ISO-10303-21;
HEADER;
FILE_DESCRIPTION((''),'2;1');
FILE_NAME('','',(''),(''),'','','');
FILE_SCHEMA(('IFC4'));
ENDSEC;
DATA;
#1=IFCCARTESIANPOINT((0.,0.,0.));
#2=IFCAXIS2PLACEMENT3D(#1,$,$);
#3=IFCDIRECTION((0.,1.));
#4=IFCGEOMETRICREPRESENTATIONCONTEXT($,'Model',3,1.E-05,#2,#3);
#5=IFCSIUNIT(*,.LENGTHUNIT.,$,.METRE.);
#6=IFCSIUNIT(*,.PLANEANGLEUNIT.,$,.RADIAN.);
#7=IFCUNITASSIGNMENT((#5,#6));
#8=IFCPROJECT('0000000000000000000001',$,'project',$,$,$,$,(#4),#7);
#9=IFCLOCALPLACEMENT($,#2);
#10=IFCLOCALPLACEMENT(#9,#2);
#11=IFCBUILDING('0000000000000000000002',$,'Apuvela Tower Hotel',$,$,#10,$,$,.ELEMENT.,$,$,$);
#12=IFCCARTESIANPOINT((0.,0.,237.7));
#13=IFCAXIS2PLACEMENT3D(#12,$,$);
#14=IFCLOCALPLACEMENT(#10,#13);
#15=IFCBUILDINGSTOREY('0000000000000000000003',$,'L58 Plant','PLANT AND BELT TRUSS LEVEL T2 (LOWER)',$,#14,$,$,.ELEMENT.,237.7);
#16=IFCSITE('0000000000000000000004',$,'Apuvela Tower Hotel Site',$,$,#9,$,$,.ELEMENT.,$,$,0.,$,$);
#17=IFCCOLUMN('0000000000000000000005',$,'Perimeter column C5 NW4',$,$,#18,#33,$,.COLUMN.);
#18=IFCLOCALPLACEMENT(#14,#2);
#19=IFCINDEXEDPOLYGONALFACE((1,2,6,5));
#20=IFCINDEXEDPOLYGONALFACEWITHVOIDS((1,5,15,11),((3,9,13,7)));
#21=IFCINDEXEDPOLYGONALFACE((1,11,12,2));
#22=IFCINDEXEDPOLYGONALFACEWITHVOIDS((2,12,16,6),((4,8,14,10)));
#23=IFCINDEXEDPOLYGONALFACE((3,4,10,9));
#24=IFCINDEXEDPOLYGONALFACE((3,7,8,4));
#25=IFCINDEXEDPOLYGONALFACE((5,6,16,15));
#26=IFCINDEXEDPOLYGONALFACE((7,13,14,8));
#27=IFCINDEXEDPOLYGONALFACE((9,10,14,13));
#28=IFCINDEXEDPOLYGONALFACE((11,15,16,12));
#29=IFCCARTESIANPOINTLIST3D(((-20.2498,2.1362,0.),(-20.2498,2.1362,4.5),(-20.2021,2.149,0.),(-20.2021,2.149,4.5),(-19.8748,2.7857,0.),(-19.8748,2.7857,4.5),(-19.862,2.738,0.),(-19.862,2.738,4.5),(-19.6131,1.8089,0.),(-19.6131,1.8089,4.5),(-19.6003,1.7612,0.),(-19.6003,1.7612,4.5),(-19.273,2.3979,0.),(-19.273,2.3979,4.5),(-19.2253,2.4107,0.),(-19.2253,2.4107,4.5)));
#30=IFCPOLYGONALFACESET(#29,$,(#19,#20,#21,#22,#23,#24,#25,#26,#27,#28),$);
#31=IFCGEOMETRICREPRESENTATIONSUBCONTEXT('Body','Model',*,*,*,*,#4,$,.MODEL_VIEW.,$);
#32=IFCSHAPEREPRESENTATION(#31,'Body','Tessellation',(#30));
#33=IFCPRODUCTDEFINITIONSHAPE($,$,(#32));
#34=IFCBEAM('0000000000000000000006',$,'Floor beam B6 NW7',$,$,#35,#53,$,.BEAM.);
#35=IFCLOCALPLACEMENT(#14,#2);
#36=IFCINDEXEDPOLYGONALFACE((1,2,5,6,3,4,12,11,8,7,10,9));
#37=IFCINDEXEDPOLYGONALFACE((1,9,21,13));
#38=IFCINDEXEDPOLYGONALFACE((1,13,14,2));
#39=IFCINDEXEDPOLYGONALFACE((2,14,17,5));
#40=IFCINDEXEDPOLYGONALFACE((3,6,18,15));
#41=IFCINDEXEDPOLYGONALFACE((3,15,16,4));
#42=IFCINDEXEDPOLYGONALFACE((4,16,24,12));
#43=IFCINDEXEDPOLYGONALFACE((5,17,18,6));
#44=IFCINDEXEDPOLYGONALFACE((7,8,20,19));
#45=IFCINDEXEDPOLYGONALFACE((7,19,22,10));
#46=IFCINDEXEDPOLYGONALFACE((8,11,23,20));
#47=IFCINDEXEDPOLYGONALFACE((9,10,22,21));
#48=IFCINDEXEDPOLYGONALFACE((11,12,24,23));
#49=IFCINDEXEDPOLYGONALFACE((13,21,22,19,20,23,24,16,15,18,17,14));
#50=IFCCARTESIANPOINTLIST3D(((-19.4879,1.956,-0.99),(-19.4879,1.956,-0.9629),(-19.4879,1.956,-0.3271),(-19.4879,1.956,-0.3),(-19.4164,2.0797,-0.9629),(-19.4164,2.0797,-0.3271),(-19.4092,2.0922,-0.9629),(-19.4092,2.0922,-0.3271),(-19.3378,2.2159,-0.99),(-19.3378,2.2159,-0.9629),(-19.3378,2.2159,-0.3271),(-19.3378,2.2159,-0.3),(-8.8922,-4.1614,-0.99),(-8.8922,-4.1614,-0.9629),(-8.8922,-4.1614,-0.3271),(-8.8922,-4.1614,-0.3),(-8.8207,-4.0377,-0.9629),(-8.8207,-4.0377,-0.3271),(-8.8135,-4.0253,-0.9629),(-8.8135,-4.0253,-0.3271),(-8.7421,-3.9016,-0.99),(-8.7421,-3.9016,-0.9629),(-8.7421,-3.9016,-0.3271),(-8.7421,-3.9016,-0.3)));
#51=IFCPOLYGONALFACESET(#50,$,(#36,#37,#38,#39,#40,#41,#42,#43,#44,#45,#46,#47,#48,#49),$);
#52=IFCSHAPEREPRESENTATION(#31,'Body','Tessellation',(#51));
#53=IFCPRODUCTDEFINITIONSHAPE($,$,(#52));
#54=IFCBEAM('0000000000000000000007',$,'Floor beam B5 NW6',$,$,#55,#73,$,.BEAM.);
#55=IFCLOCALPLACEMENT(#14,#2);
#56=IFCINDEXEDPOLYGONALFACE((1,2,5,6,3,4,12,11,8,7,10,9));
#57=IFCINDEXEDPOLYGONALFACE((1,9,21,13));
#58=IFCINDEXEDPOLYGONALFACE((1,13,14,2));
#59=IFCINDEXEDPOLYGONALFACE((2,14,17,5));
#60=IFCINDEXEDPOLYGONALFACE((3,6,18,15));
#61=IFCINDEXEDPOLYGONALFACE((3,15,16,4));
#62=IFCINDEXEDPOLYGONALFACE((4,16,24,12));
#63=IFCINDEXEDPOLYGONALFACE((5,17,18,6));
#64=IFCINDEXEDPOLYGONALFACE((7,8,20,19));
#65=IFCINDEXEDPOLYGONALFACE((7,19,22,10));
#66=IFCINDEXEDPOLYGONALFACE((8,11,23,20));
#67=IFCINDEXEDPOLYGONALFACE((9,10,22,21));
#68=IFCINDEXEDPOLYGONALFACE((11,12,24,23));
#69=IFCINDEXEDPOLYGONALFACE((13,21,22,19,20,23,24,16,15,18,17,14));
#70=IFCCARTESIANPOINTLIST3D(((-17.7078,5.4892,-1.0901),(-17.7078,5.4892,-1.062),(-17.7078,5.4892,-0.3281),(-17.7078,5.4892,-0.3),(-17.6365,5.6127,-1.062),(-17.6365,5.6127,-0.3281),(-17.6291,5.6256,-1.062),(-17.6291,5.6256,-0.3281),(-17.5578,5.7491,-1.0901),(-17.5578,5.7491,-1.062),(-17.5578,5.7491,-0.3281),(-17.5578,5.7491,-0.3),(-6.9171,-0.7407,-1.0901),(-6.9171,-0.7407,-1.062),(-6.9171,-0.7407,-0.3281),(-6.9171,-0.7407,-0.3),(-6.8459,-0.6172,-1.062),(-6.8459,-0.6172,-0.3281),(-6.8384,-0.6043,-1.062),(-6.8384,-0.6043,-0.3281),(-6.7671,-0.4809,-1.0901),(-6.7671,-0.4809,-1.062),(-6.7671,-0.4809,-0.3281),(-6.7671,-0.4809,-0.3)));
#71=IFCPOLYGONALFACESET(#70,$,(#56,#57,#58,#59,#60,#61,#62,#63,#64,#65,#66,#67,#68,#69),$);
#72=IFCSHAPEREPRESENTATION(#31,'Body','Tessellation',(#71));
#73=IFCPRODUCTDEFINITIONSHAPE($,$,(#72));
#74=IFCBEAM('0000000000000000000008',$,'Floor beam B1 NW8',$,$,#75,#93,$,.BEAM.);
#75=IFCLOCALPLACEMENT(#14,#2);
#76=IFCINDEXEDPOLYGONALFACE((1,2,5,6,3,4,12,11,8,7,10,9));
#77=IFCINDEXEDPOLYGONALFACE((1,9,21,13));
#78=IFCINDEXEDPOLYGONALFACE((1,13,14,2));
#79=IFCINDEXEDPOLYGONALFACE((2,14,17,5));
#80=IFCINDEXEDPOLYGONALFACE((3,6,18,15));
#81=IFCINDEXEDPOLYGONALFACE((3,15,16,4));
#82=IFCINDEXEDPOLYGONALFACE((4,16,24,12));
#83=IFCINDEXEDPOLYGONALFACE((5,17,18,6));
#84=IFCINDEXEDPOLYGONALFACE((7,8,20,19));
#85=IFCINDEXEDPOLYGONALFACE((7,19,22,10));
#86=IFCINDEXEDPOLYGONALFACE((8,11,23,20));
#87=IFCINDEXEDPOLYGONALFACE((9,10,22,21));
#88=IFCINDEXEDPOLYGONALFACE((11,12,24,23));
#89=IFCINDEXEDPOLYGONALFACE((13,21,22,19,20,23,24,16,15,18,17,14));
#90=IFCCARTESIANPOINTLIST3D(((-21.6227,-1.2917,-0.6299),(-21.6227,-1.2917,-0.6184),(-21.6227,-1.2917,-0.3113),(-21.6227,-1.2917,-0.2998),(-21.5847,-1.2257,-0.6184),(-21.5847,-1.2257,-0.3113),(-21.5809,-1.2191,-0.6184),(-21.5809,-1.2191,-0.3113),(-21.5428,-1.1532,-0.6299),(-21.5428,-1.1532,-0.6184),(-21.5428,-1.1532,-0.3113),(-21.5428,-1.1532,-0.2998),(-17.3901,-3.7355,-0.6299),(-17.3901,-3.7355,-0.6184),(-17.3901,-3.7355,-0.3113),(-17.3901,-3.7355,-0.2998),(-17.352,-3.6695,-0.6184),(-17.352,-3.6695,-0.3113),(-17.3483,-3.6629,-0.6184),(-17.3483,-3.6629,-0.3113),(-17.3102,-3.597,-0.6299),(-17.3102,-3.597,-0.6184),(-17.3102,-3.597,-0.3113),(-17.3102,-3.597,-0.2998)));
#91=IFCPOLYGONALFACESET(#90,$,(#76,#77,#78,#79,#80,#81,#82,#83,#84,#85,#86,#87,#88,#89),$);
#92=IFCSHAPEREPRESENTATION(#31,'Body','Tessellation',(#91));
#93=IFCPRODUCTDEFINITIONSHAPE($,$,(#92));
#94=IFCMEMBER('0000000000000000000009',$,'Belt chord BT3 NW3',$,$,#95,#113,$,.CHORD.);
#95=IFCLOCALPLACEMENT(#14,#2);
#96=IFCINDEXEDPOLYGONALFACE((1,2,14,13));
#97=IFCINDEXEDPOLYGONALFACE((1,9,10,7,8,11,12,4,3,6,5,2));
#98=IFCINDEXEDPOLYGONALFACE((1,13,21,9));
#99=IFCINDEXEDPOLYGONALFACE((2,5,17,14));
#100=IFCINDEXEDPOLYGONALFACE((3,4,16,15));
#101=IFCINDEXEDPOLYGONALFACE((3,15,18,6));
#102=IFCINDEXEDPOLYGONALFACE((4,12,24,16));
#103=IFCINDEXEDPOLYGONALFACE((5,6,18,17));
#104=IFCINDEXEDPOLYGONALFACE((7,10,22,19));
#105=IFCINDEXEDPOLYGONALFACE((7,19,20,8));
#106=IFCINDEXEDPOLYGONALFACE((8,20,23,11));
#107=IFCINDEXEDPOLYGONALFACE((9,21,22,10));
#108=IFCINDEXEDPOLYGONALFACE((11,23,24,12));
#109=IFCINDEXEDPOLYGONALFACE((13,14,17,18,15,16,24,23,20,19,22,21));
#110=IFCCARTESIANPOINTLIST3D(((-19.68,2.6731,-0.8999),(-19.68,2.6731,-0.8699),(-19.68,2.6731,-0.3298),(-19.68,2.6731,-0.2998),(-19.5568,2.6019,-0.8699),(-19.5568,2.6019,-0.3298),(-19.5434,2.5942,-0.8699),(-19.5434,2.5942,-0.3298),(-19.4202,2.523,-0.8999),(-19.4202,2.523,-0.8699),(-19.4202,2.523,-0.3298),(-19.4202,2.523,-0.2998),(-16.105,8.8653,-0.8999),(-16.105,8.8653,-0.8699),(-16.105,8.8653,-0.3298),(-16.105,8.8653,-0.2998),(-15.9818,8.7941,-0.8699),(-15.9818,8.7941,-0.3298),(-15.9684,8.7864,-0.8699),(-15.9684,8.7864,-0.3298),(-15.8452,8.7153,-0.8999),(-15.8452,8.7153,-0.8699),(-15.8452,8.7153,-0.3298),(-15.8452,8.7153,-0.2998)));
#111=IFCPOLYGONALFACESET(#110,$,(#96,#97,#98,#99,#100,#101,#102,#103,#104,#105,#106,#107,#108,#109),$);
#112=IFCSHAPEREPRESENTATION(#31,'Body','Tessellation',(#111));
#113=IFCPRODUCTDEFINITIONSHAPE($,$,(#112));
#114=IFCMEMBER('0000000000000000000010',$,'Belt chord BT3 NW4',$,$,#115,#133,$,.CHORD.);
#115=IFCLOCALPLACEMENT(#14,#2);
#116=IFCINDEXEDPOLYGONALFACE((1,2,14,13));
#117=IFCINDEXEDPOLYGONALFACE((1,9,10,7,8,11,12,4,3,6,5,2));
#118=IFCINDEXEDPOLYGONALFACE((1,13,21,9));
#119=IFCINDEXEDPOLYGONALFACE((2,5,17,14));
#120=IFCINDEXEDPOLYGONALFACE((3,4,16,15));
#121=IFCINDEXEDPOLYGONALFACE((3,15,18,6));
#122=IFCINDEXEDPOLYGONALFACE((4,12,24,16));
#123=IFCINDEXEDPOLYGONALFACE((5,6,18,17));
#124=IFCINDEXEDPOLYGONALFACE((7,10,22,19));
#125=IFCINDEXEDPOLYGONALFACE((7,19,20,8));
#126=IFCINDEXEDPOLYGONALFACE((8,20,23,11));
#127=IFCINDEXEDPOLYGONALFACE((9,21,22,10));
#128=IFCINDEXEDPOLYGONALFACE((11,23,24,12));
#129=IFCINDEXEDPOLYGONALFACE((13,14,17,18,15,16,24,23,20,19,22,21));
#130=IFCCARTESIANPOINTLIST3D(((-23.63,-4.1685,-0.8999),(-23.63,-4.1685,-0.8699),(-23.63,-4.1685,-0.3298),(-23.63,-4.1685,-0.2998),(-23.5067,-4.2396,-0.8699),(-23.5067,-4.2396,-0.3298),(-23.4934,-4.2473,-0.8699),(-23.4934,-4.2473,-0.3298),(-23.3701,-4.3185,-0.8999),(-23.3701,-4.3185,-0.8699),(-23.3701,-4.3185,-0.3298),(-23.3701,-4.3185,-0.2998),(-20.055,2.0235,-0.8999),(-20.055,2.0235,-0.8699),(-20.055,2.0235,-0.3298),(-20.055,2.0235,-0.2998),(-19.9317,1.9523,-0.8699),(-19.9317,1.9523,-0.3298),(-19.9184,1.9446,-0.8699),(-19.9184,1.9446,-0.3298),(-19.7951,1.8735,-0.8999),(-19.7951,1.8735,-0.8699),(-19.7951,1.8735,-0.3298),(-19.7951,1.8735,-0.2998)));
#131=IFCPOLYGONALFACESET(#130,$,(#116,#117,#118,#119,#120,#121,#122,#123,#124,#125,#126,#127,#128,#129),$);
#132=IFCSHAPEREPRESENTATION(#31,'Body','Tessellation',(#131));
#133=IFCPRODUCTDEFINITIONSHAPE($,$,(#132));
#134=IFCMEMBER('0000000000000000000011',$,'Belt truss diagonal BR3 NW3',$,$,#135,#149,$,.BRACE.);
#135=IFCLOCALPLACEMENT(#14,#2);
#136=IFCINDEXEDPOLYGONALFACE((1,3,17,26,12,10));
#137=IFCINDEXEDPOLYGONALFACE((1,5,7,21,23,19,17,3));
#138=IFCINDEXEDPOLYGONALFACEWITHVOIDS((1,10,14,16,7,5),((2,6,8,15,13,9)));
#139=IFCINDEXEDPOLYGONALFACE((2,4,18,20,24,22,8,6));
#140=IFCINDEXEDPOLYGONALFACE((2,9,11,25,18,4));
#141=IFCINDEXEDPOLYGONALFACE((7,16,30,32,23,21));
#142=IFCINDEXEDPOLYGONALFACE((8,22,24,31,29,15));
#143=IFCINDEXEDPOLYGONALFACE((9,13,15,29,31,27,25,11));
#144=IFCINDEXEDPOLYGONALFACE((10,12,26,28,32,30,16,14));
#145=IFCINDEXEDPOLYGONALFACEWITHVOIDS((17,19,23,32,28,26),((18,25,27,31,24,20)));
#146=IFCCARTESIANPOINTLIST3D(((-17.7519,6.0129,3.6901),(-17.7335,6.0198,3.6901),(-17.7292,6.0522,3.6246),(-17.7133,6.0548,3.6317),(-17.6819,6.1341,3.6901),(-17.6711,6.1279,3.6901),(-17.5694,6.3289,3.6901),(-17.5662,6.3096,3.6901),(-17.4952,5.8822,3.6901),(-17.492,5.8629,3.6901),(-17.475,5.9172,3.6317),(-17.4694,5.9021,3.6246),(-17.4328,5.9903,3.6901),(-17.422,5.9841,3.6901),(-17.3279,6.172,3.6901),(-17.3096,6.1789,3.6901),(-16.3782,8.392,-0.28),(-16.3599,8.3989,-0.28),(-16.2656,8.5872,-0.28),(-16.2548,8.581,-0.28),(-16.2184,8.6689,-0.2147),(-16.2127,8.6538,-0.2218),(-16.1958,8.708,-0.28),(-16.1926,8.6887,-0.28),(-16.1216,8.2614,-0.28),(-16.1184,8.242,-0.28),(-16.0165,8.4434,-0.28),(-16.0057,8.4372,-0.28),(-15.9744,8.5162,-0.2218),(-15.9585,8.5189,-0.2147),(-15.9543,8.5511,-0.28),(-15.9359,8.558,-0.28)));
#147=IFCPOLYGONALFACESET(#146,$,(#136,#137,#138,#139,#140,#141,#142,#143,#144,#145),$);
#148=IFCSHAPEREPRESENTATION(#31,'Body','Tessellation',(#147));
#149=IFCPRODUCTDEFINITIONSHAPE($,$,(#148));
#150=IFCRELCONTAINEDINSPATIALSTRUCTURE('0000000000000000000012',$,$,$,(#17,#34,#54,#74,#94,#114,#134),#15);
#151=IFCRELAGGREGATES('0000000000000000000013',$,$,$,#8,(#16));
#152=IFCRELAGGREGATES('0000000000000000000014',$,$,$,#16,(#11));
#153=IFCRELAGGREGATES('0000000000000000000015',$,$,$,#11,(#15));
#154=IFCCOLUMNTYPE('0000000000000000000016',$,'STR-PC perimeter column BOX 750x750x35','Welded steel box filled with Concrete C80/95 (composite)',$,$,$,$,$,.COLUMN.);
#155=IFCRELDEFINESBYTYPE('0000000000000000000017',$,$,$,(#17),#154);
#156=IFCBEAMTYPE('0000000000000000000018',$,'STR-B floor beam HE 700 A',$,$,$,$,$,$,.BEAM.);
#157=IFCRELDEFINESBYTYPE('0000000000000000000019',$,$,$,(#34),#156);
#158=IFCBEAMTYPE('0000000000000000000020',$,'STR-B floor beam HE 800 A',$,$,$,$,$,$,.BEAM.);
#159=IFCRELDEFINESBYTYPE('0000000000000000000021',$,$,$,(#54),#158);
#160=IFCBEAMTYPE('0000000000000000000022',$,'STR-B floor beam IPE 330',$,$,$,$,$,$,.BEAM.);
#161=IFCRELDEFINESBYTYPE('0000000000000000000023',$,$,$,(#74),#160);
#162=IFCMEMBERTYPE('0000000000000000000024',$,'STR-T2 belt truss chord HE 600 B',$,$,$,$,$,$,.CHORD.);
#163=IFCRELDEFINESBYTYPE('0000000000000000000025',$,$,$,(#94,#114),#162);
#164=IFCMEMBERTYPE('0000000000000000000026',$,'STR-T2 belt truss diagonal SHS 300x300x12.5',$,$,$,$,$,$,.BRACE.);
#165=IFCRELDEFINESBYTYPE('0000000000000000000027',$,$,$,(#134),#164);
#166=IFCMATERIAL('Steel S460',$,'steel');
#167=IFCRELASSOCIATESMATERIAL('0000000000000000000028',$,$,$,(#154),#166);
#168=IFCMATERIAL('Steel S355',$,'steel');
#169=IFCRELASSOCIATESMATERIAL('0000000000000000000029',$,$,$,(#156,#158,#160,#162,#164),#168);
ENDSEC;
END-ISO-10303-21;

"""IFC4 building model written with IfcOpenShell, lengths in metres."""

from ifc_helpers import new_model, si_unit, direction, frame, origin, origin_2d, place, context, subcontext, project, spatial, rectangle, hollow_rectangle, i_section, extrude, boolean, halfspace, material, material_profile, profile_set, type_object, element, save


model = new_model("IFC4")

# Units and contexts
model_context = context("Model", 3, precision=1e-05, world=origin(), true_north=direction((0.0, 1.0)))
body_context = subcontext(model_context, "Body", "Model", "MODEL_VIEW")
ifc_project = project(units=[si_unit("LENGTHUNIT", "METRE"), si_unit("PLANEANGLEUNIT", "RADIAN")], contexts=[model_context])

# Site, building, storey
site_placement = place(None, origin())
site = spatial("IfcSite", under=ifc_project, at=site_placement, Name="Apuvela Tower Hotel Site", CompositionType="ELEMENT", RefElevation=0.0)
building_placement = place(site_placement, origin())
building = spatial("IfcBuilding", under=site, at=building_placement, Name="Apuvela Tower Hotel", CompositionType="ELEMENT")
storey_placement = place(building_placement, frame((0.0, 0.0, 237.7)))
storey = spatial("IfcBuildingStorey", under=building, at=storey_placement, Name="L58 Plant", Description="PLANT AND BELT TRUSS LEVEL T2 (LOWER)", CompositionType="ELEMENT", Elevation=237.7)

# Column
ifc_material_1 = material(Name="Steel S460", Category="steel")
ifc_material_profile_1 = material_profile(ifc_material_1, hollow_rectangle(XDim=0.75, YDim=0.75, WallThickness=0.0349, at=origin_2d()), Name="BOX 750x750x35")
ifc_material_2 = material(Name="Concrete C80/95", Category="concrete")
ifc_material_profile_2 = material_profile(ifc_material_2, rectangle(XDim=0.6799, YDim=0.6799, at=origin_2d()), Name="Concrete C80/95 infill")
ifc_profile_set_1 = profile_set([ifc_material_profile_1, ifc_material_profile_2], Name="Steel S460")
column_type = type_object("IfcColumnType", Name="STR-PC perimeter column BOX 750x750x35", Description="Welded steel box filled with Concrete C80/95 (composite)", PredefinedType="COLUMN", material=ifc_profile_set_1)
column_placement = place(storey_placement, frame((-19.7375, 2.2734, 0.0), z_axis=(0.0, 0.0, 1.0), x_axis=(0.5, 0.866025, 0.0)))
element("IfcColumn", 1, at=column_placement, inside=storey, type_object=column_type, Name="Perimeter column C5 NW4", PredefinedType="COLUMN", context=body_context, shape_type="SweptSolid", body=[
    extrude(hollow_rectangle(XDim=0.75, YDim=0.75, WallThickness=0.0349, at=origin_2d()), origin(), (0.0, 0.0, 1.0), 4.5),
])

# Beams
ifc_material_3 = material(Name="Steel S355", Category="steel")
ifc_material_profile_3 = material_profile(ifc_material_3, i_section(OverallWidth=0.3, OverallDepth=0.6899, WebThickness=0.0144, FlangeThickness=0.0271, at=origin_2d()), Name="HE 700 A")
ifc_profile_set_2 = profile_set([ifc_material_profile_3], Name="Steel S355")
beam_type_1 = type_object("IfcBeamType", Name="STR-B floor beam HE 700 A", PredefinedType="BEAM", material=ifc_profile_set_2)
beam_1_placement = place(storey_placement, frame((-19.4128, 2.0859, -0.645), z_axis=(0.866025, -0.5, 0.0), x_axis=(0.5, 0.866025, 0.0)))
element("IfcBeam", 2, at=beam_1_placement, inside=storey, type_object=beam_type_1, Name="Floor beam B6 NW7", PredefinedType="BEAM", context=body_context, shape_type="SweptSolid", body=[
    extrude(i_section(OverallWidth=0.3, OverallDepth=0.6899, WebThickness=0.0144, FlangeThickness=0.0271, at=origin_2d()), origin(), (0.0, 0.0, 1.0), 12.2349),
])
ifc_material_profile_4 = material_profile(ifc_material_3, i_section(OverallWidth=0.3, OverallDepth=0.79, WebThickness=0.0149, FlangeThickness=0.0281, at=origin_2d()), Name="HE 800 A")
ifc_profile_set_3 = profile_set([ifc_material_profile_4], Name="Steel S355")
beam_type_2 = type_object("IfcBeamType", Name="STR-B floor beam HE 800 A", PredefinedType="BEAM", material=ifc_profile_set_3)
beam_2_placement = place(storey_placement, frame((-17.6328, 5.6191, -0.6951), z_axis=(0.866028, -0.499996, 0.0), x_axis=(0.499996, 0.866028, 0.0)))
element("IfcBeam", 3, at=beam_2_placement, inside=storey, type_object=beam_type_2, Name="Floor beam B5 NW6", PredefinedType="BEAM", context=body_context, shape_type="SweptSolid", body=[
    extrude(i_section(OverallWidth=0.3, OverallDepth=0.79, WebThickness=0.0149, FlangeThickness=0.0281, at=origin_2d()), origin(), (0.0, 0.0, 1.0), 12.46),
])
ifc_material_profile_5 = material_profile(ifc_material_3, i_section(OverallWidth=0.1599, OverallDepth=0.3301, WebThickness=0.0076, FlangeThickness=0.0115, at=origin_2d()), Name="IPE 330")
ifc_profile_set_4 = profile_set([ifc_material_profile_5], Name="Steel S355")
beam_type_3 = type_object("IfcBeamType", Name="STR-B floor beam IPE 330", PredefinedType="BEAM", material=ifc_profile_set_4)
beam_3_placement = place(storey_placement, frame((-21.5828, -1.2224, -0.4648), z_axis=(0.866015, -0.500018, 0.0), x_axis=(0.500018, 0.866015, 0.0)))
element("IfcBeam", 4, at=beam_3_placement, inside=storey, type_object=beam_type_3, Name="Floor beam B1 NW8", PredefinedType="BEAM", context=body_context, shape_type="SweptSolid", body=[
    extrude(i_section(OverallWidth=0.1599, OverallDepth=0.3301, WebThickness=0.0076, FlangeThickness=0.0115, at=origin_2d()), origin(), (0.0, 0.0, 1.0), 4.8875),
])

# Members
ifc_material_profile_6 = material_profile(ifc_material_3, i_section(OverallWidth=0.3, OverallDepth=0.6001, WebThickness=0.0154, FlangeThickness=0.03, at=origin_2d()), Name="HE 600 B")
ifc_profile_set_5 = profile_set([ifc_material_profile_6], Name="Steel S355")
member_type_1 = type_object("IfcMemberType", Name="STR-T2 belt truss chord HE 600 B", PredefinedType="CHORD", material=ifc_profile_set_5)
member_1_placement = place(storey_placement, frame((-15.9751, 8.7903, -0.5999), z_axis=(-0.499991, -0.86603, 0.0), x_axis=(0.86603, -0.499991, 0.0)))
element("IfcMember", 5, at=member_1_placement, inside=storey, type_object=member_type_1, Name="Belt chord BT3 NW3", PredefinedType="CHORD", context=body_context, shape_type="SweptSolid", body=[
    extrude(i_section(OverallWidth=0.3, OverallDepth=0.6001, WebThickness=0.0154, FlangeThickness=0.03, at=origin_2d()), origin(), (0.0, 0.0, 1.0), 7.1501),
])
member_2_placement = place(storey_placement, frame((-19.925, 1.9485, -0.5999), z_axis=(-0.500006, -0.866022, 0.0), x_axis=(0.866022, -0.500006, 0.0)))
element("IfcMember", 6, at=member_2_placement, inside=storey, type_object=member_type_1, Name="Belt chord BT3 NW4", PredefinedType="CHORD", context=body_context, shape_type="SweptSolid", body=[
    extrude(i_section(OverallWidth=0.3, OverallDepth=0.6001, WebThickness=0.0154, FlangeThickness=0.03, at=origin_2d()), origin(), (0.0, 0.0, 1.0), 7.1499),
])
ifc_material_profile_7 = material_profile(ifc_material_3, hollow_rectangle(XDim=0.3, YDim=0.3, WallThickness=0.0125, at=origin_2d()), Name="SHS 300x300x12.5")
ifc_profile_set_6 = profile_set([ifc_material_profile_7], Name="Steel S355")
member_type_2 = type_object("IfcMemberType", Name="STR-T2 belt truss diagonal SHS 300x300x12.5", PredefinedType="BRACE", material=ifc_profile_set_6)
member_3_placement = place(storey_placement, frame((-16.1501, 8.4871, -0.3), z_axis=(-0.284519, -0.49279, 0.822318), x_axis=(0.411167, 0.712144, 0.569028)))
solid_1 = boolean("DIFFERENCE", boolean("DIFFERENCE", extrude(hollow_rectangle(XDim=0.3, YDim=0.3, WallThickness=0.0125, at=origin_2d()), frame((0.0, 0.0, -0.2239)), (0.0, 0.0, 1.0), 5.324), halfspace(frame((0.0, 0.0, 0.0244), z_axis=(0.569028, 0.0, 0.822318), x_axis=(0.822318, 0.0, -0.569028)), True)), halfspace(frame((0.0, 0.0, 4.8523), z_axis=(0.569028, 0.0, 0.822318), x_axis=(0.822318, 0.0, -0.569028)), False))
element("IfcMember", 7, at=member_3_placement, inside=storey, type_object=member_type_2, Name="Belt truss diagonal BR3 NW3", PredefinedType="BRACE", context=body_context, shape_type="SweptSolid", body=[
    boolean("UNION", boolean("DIFFERENCE", boolean("DIFFERENCE", extrude(hollow_rectangle(XDim=0.3, YDim=0.3, WallThickness=0.0125, at=origin_2d()), origin(), (0.0, 0.0, 1.0), 4.8765), halfspace(frame((0.0, 0.0, 0.0244), z_axis=(0.569028, 0.0, 0.822318), x_axis=(0.822318, 0.0, -0.569028)), True)), halfspace(frame((0.0, 0.0, 4.8523), z_axis=(0.569028, 0.0, 0.822318), x_axis=(0.822318, 0.0, -0.569028)), False)), solid_1),
])

save(model, "model.ifc")
